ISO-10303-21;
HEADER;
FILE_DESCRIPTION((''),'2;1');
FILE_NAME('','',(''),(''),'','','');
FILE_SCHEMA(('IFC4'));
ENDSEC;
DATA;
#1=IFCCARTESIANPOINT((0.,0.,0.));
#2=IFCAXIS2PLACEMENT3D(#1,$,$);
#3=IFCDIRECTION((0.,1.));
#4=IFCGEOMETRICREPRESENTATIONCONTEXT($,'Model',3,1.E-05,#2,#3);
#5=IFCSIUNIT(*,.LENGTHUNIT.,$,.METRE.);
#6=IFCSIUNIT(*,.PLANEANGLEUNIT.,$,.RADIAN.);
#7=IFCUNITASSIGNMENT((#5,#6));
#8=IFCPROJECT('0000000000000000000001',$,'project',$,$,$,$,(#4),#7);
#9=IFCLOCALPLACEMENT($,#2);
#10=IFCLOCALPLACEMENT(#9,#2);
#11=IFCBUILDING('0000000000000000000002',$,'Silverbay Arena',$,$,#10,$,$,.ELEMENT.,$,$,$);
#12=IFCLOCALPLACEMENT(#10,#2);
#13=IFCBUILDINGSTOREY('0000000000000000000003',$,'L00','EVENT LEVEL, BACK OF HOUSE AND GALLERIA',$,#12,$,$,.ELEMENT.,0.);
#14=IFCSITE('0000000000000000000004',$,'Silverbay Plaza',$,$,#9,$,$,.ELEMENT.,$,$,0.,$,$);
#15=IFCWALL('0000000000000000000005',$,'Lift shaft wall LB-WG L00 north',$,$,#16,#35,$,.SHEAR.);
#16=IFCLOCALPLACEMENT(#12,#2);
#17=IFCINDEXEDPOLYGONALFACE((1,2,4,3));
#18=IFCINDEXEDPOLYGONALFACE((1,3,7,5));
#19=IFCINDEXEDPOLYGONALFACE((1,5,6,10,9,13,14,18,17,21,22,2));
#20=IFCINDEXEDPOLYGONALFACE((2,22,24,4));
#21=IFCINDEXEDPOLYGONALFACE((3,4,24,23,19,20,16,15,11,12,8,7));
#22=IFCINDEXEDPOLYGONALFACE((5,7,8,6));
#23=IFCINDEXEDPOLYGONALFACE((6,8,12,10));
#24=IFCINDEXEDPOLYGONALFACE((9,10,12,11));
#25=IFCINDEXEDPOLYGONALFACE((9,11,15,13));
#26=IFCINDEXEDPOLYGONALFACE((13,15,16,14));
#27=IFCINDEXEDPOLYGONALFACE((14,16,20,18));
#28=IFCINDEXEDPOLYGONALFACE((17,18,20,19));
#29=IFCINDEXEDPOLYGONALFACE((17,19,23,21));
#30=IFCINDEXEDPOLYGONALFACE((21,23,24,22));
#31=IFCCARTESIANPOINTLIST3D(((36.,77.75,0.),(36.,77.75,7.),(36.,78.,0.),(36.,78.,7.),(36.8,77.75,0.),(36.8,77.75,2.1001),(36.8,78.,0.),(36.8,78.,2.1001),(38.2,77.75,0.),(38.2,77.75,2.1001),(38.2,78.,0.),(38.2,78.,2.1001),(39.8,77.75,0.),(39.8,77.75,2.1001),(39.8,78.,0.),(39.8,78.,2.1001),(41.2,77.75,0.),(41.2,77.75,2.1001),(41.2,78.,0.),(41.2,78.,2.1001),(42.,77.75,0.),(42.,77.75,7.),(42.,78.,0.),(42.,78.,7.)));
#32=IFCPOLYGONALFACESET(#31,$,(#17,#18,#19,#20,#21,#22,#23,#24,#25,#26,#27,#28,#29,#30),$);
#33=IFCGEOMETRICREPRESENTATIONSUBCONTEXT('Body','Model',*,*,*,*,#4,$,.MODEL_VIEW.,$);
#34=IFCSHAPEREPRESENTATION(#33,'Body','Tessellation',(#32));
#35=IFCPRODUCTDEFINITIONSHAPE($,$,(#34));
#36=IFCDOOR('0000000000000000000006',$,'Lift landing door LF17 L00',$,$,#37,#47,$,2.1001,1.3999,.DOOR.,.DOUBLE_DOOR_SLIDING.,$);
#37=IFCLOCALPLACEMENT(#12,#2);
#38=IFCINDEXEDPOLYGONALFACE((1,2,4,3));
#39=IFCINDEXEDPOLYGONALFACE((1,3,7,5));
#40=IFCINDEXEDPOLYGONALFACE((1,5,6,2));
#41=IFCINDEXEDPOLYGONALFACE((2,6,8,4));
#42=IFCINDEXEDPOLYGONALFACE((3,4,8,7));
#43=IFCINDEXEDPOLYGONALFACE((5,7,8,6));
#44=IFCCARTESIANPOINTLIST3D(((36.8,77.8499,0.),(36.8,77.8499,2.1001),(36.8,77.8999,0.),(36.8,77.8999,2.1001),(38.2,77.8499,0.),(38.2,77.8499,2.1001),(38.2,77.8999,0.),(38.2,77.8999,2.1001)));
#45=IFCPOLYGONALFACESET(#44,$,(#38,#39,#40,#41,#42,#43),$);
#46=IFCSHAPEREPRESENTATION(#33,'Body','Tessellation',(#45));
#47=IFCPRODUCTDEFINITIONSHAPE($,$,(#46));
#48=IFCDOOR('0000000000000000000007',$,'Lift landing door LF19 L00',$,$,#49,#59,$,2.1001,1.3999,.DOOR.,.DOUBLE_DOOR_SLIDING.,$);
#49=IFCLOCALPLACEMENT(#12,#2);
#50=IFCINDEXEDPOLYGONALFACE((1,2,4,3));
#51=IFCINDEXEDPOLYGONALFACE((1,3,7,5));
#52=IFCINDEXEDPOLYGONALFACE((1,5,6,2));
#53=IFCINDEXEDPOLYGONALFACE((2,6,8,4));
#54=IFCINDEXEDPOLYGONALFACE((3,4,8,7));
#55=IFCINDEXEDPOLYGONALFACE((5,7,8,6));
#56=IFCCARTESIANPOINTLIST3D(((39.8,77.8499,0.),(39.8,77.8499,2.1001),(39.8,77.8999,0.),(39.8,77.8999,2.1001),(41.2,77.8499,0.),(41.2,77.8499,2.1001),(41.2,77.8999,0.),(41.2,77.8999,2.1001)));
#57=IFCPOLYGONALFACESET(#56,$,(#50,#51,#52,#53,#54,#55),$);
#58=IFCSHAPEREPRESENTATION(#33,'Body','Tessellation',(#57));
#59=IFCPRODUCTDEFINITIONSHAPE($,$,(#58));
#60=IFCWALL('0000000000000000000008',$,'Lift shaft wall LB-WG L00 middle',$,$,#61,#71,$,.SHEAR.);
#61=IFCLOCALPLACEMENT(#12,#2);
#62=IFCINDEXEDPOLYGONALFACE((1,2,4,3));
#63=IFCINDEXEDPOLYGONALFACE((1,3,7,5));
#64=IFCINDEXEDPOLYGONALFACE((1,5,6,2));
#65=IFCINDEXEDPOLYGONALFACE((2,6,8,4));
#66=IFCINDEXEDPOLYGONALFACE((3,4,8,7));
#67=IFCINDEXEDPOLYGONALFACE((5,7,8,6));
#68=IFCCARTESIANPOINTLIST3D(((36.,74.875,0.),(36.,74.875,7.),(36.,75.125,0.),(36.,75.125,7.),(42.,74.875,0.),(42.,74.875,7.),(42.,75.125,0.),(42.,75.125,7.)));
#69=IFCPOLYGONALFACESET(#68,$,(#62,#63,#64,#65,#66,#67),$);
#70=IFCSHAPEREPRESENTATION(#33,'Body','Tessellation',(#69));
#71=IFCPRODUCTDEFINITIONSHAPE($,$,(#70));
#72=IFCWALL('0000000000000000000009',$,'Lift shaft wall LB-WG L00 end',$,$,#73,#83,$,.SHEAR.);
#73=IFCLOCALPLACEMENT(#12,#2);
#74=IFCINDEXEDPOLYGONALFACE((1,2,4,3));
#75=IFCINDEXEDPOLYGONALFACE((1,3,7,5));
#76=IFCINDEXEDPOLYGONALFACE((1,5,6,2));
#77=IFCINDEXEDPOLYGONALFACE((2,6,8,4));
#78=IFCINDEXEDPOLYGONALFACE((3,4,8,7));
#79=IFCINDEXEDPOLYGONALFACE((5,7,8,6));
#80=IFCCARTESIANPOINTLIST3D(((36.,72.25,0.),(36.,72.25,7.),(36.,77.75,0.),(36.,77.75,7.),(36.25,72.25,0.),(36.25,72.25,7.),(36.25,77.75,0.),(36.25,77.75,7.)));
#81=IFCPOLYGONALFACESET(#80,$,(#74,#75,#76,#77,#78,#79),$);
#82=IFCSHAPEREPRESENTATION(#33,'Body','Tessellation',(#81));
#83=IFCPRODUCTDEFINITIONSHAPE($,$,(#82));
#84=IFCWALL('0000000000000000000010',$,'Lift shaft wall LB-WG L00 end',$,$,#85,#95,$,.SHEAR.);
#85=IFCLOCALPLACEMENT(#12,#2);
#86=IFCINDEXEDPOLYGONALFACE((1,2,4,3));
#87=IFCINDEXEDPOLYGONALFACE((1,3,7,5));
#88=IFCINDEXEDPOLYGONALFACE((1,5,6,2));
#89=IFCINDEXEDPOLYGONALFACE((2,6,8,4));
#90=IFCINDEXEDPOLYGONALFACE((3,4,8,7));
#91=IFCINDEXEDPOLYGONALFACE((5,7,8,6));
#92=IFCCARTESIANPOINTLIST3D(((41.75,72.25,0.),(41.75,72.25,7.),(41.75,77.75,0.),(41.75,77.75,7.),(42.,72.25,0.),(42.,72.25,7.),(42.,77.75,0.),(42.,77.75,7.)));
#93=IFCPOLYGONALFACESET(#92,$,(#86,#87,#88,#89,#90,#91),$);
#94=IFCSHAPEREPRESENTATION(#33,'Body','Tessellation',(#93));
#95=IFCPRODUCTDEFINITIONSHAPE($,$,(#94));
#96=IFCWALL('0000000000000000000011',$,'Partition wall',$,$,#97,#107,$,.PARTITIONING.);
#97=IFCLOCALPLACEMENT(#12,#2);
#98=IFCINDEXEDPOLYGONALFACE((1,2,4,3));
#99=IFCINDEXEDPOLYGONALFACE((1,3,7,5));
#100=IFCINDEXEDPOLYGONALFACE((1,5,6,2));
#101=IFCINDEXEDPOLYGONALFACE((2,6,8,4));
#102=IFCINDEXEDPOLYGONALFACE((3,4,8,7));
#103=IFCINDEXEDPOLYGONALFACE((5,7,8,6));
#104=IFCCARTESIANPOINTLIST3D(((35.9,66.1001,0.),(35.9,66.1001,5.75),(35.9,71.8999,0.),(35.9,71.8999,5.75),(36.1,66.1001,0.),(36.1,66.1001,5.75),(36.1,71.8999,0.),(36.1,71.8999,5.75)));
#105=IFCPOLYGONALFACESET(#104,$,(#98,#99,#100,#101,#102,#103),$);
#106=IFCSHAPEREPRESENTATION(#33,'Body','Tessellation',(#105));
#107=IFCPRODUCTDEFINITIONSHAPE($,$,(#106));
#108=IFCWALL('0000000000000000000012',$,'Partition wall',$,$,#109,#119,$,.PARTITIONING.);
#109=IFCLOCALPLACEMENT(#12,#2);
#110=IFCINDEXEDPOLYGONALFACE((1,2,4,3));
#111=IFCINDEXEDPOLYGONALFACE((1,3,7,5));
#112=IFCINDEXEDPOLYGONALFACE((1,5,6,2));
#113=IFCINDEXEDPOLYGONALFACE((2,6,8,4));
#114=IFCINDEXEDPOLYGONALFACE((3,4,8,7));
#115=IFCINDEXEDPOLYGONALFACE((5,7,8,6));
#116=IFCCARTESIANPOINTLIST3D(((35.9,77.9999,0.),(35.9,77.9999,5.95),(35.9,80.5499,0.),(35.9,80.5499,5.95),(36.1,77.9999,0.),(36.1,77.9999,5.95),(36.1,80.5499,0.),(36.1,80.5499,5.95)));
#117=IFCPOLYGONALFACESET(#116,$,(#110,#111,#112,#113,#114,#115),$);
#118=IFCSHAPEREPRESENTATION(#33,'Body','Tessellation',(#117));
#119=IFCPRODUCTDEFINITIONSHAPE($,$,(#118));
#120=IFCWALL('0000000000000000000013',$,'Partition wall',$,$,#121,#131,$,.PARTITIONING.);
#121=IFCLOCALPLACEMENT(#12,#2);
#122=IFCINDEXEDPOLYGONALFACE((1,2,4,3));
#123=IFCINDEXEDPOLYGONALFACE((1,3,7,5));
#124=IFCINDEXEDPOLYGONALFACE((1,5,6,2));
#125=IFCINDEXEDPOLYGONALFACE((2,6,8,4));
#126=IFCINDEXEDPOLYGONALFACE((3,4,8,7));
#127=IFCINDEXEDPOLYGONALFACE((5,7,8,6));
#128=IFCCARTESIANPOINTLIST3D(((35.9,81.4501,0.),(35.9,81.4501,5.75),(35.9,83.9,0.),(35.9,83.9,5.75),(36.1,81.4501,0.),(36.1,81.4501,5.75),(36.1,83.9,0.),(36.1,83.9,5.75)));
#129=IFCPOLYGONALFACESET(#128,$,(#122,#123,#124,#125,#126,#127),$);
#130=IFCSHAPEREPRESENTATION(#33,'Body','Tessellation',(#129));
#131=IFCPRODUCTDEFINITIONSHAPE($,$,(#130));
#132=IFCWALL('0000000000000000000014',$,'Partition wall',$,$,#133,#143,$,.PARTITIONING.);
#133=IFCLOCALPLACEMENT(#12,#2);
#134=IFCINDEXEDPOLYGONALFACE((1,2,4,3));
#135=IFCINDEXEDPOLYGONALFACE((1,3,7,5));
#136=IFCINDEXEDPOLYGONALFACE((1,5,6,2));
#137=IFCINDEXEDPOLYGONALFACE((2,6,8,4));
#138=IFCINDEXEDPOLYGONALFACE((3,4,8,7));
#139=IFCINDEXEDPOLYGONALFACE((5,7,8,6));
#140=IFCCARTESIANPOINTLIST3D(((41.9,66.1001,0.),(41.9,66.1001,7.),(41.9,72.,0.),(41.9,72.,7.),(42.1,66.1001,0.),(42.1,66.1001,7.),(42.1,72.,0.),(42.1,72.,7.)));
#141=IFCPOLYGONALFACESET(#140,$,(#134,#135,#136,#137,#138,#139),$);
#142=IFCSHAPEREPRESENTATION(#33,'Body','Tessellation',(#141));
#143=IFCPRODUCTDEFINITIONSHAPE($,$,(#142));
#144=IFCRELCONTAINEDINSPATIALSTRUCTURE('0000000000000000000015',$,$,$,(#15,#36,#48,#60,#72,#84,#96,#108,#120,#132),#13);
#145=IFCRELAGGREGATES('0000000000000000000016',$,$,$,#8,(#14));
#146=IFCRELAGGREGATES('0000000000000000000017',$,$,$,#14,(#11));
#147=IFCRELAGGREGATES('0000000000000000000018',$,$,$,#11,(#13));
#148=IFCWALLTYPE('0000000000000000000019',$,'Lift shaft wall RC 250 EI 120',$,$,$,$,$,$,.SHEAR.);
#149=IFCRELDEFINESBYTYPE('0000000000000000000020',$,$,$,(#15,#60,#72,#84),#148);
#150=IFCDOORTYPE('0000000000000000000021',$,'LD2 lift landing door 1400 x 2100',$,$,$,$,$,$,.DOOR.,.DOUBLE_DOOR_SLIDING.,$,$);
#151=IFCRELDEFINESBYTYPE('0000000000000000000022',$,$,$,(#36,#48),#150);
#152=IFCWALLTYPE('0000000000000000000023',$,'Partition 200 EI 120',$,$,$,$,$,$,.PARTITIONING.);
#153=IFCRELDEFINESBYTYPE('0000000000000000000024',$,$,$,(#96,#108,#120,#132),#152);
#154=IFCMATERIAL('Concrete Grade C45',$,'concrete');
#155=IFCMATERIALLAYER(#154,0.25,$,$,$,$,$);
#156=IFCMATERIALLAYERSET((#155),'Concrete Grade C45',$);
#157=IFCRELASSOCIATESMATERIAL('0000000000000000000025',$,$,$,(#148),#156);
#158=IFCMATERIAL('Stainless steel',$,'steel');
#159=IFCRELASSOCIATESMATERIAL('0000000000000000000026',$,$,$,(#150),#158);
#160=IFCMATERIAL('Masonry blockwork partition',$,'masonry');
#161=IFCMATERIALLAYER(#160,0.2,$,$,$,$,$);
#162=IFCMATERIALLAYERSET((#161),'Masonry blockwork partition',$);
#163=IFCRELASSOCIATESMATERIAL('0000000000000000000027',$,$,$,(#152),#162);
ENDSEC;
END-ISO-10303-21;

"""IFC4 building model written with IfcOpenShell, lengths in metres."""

from ifc_helpers import new_model, si_unit, direction, frame, frame_2d, origin, place, context, subcontext, project, spatial, rectangle, extrude, material, layer, layer_set, type_object, element, fill, save


model = new_model("IFC4")

# Units and contexts
model_context = context("Model", 3, precision=1e-05, world=origin(), true_north=direction((0.0, 1.0)))
body_context = subcontext(model_context, "Body", "Model", "MODEL_VIEW")
ifc_project = project(units=[si_unit("LENGTHUNIT", "METRE"), si_unit("PLANEANGLEUNIT", "RADIAN")], contexts=[model_context])

# Site, building, storey
site_placement = place(None, origin())
site = spatial("IfcSite", under=ifc_project, at=site_placement, Name="Silverbay Plaza", CompositionType="ELEMENT", RefElevation=0.0)
building_placement = place(site_placement, origin())
building = spatial("IfcBuilding", under=site, at=building_placement, Name="Silverbay Arena", CompositionType="ELEMENT")
storey_placement = place(building_placement, origin())
storey = spatial("IfcBuildingStorey", under=building, at=storey_placement, Name="L00", Description="EVENT LEVEL, BACK OF HOUSE AND GALLERIA", CompositionType="ELEMENT", Elevation=0.0)

# Wall, openings, doors
ifc_material_1 = material(Name="Concrete Grade C45", Category="concrete")
ifc_layer_1 = layer(ifc_material_1, 0.25)
ifc_layer_set_1 = layer_set([ifc_layer_1], Name="Concrete Grade C45")
wall_type_1 = type_object("IfcWallType", Name="Lift shaft wall RC 250 EI 120", PredefinedType="SHEAR", material=ifc_layer_set_1)
wall_1_placement = place(storey_placement, frame((36.0, 77.875, 0.0), z_axis=(0.0, 0.0, 1.0), x_axis=(1.0, 0.0, 0.0)))
wall_1 = element("IfcWall", 1, at=wall_1_placement, inside=storey, type_object=wall_type_1, Name="Lift shaft wall LB-WG L00 north", PredefinedType="SHEAR", context=body_context, shape_type="SweptSolid", body=[
    extrude(rectangle(XDim=6.0, YDim=0.25, at=frame_2d((3.0, 0.0))), origin(), (0.0, 0.0, 1.0), 7.0),
])
opening_1_placement = place(wall_1_placement, frame((0.8, 0.0, 0.0)))
opening_1 = element("IfcOpeningElement", 2, at=opening_1_placement, cuts=wall_1, PredefinedType="OPENING", context=body_context, shape_type="SweptSolid", body=[
    extrude(rectangle(XDim=1.3999, YDim=2.1001, at=frame_2d((0.7, 1.05))), frame((0.0, 0.135, 0.0), z_axis=(0.0, -1.0, 0.0), x_axis=(1.0, 0.0, 0.0)), (0.0, 0.0, 1.0), 0.27),
])
opening_2_placement = place(wall_1_placement, frame((3.8, 0.0, 0.0)))
opening_2 = element("IfcOpeningElement", 3, at=opening_2_placement, cuts=wall_1, PredefinedType="OPENING", context=body_context, shape_type="SweptSolid", body=[
    extrude(rectangle(XDim=1.3999, YDim=2.1001, at=frame_2d((0.7, 1.05))), frame((0.0, 0.135, 0.0), z_axis=(0.0, -1.0, 0.0), x_axis=(1.0, 0.0, 0.0)), (0.0, 0.0, 1.0), 0.27),
])
ifc_material_2 = material(Name="Stainless steel", Category="steel")
door_type_1 = type_object("IfcDoorType", Name="LD2 lift landing door 1400 x 2100", OperationType="DOUBLE_DOOR_SLIDING", PredefinedType="DOOR", material=ifc_material_2)
door_1_placement = place(opening_1_placement, origin())
door_1 = element("IfcDoor", 4, at=door_1_placement, inside=storey, type_object=door_type_1, Name="Lift landing door LF17 L00", OperationType="DOUBLE_DOOR_SLIDING", OverallHeight=2.1001, OverallWidth=1.3999, PredefinedType="DOOR", context=body_context, shape_type="SweptSolid", body=[
    extrude(rectangle(XDim=1.3999, YDim=2.1001, at=frame_2d((0.7, 1.05))), frame((0.0, 0.0249, 0.0), z_axis=(0.0, -1.0, 0.0), x_axis=(1.0, 0.0, 0.0)), (0.0, 0.0, 1.0), 0.05),
])
fill(opening_1, door_1)
door_2_placement = place(opening_2_placement, origin())
door_2 = element("IfcDoor", 5, at=door_2_placement, inside=storey, type_object=door_type_1, Name="Lift landing door LF19 L00", OperationType="DOUBLE_DOOR_SLIDING", OverallHeight=2.1001, OverallWidth=1.3999, PredefinedType="DOOR", context=body_context, shape_type="SweptSolid", body=[
    extrude(rectangle(XDim=1.3999, YDim=2.1001, at=frame_2d((0.7, 1.05))), frame((0.0, 0.0249, 0.0), z_axis=(0.0, -1.0, 0.0), x_axis=(1.0, 0.0, 0.0)), (0.0, 0.0, 1.0), 0.05),
])
fill(opening_2, door_2)

# Walls
wall_2_placement = place(storey_placement, frame((36.0, 75.0, 0.0), z_axis=(0.0, 0.0, 1.0), x_axis=(1.0, 0.0, 0.0)))
element("IfcWall", 6, at=wall_2_placement, inside=storey, type_object=wall_type_1, Name="Lift shaft wall LB-WG L00 middle", PredefinedType="SHEAR", context=body_context, shape_type="SweptSolid", body=[
    extrude(rectangle(XDim=6.0, YDim=0.25, at=frame_2d((3.0, 0.0))), origin(), (0.0, 0.0, 1.0), 7.0),
])
for number, where, z_axis, x_axis, name in (
    (7, (36.125, 72.25, 0.0), (0.0, 0.0, 1.0), (0.0, 1.0, 0.0), "Lift shaft wall LB-WG L00 end"),
    (8, (41.875, 72.25, 0.0), (0.0, 0.0, 1.0), (0.0, 1.0, 0.0), "Lift shaft wall LB-WG L00 end"),
):
    element("IfcWall", number, at=place(storey_placement, frame(where, z_axis=z_axis, x_axis=x_axis)), inside=storey, type_object=wall_type_1, Name=name, PredefinedType="SHEAR", context=body_context, shape_type="SweptSolid", body=[
        extrude(rectangle(XDim=5.5, YDim=0.25, at=frame_2d((2.75, 0.0))), origin(), (0.0, 0.0, 1.0), 7.0),
    ])
ifc_material_3 = material(Name="Masonry blockwork partition", Category="masonry")
ifc_layer_2 = layer(ifc_material_3, 0.2)
ifc_layer_set_2 = layer_set([ifc_layer_2], Name="Masonry blockwork partition")
wall_type_2 = type_object("IfcWallType", Name="Partition 200 EI 120", PredefinedType="PARTITIONING", material=ifc_layer_set_2)
wall_3_placement = place(storey_placement, frame((36.0, 66.1001, 0.0), z_axis=(0.0, 0.0, 1.0), x_axis=(0.0, 1.0, 0.0)))
element("IfcWall", 9, at=wall_3_placement, inside=storey, type_object=wall_type_2, Name="Partition wall", PredefinedType="PARTITIONING", context=body_context, shape_type="SweptSolid", body=[
    extrude(rectangle(XDim=5.7998, YDim=0.2, at=frame_2d((2.8999, 0.0))), origin(), (0.0, 0.0, 1.0), 5.75),
])
wall_4_placement = place(storey_placement, frame((36.0, 78.0, 0.0), z_axis=(0.0, 0.0, 1.0), x_axis=(0.0, 1.0, 0.0)))
element("IfcWall", 10, at=wall_4_placement, inside=storey, type_object=wall_type_2, Name="Partition wall", PredefinedType="PARTITIONING", context=body_context, shape_type="SweptSolid", body=[
    extrude(rectangle(XDim=2.55, YDim=0.2, at=frame_2d((1.2749, 0.0))), origin(), (0.0, 0.0, 1.0), 5.95),
])
wall_5_placement = place(storey_placement, frame((36.0, 81.45, 0.0), z_axis=(0.0, 0.0, 1.0), x_axis=(0.0, 1.0, 0.0)))
element("IfcWall", 11, at=wall_5_placement, inside=storey, type_object=wall_type_2, Name="Partition wall", PredefinedType="PARTITIONING", context=body_context, shape_type="SweptSolid", body=[
    extrude(rectangle(XDim=2.45, YDim=0.2, at=frame_2d((1.2251, 0.0))), origin(), (0.0, 0.0, 1.0), 5.75),
])
wall_6_placement = place(storey_placement, frame((42.0, 66.1001, 0.0), z_axis=(0.0, 0.0, 1.0), x_axis=(0.0, 1.0, 0.0)))
element("IfcWall", 12, at=wall_6_placement, inside=storey, type_object=wall_type_2, Name="Partition wall", PredefinedType="PARTITIONING", context=body_context, shape_type="SweptSolid", body=[
    extrude(rectangle(XDim=5.8999, YDim=0.2, at=frame_2d((2.95, 0.0))), origin(), (0.0, 0.0, 1.0), 7.0),
])

save(model, "model.ifc")
